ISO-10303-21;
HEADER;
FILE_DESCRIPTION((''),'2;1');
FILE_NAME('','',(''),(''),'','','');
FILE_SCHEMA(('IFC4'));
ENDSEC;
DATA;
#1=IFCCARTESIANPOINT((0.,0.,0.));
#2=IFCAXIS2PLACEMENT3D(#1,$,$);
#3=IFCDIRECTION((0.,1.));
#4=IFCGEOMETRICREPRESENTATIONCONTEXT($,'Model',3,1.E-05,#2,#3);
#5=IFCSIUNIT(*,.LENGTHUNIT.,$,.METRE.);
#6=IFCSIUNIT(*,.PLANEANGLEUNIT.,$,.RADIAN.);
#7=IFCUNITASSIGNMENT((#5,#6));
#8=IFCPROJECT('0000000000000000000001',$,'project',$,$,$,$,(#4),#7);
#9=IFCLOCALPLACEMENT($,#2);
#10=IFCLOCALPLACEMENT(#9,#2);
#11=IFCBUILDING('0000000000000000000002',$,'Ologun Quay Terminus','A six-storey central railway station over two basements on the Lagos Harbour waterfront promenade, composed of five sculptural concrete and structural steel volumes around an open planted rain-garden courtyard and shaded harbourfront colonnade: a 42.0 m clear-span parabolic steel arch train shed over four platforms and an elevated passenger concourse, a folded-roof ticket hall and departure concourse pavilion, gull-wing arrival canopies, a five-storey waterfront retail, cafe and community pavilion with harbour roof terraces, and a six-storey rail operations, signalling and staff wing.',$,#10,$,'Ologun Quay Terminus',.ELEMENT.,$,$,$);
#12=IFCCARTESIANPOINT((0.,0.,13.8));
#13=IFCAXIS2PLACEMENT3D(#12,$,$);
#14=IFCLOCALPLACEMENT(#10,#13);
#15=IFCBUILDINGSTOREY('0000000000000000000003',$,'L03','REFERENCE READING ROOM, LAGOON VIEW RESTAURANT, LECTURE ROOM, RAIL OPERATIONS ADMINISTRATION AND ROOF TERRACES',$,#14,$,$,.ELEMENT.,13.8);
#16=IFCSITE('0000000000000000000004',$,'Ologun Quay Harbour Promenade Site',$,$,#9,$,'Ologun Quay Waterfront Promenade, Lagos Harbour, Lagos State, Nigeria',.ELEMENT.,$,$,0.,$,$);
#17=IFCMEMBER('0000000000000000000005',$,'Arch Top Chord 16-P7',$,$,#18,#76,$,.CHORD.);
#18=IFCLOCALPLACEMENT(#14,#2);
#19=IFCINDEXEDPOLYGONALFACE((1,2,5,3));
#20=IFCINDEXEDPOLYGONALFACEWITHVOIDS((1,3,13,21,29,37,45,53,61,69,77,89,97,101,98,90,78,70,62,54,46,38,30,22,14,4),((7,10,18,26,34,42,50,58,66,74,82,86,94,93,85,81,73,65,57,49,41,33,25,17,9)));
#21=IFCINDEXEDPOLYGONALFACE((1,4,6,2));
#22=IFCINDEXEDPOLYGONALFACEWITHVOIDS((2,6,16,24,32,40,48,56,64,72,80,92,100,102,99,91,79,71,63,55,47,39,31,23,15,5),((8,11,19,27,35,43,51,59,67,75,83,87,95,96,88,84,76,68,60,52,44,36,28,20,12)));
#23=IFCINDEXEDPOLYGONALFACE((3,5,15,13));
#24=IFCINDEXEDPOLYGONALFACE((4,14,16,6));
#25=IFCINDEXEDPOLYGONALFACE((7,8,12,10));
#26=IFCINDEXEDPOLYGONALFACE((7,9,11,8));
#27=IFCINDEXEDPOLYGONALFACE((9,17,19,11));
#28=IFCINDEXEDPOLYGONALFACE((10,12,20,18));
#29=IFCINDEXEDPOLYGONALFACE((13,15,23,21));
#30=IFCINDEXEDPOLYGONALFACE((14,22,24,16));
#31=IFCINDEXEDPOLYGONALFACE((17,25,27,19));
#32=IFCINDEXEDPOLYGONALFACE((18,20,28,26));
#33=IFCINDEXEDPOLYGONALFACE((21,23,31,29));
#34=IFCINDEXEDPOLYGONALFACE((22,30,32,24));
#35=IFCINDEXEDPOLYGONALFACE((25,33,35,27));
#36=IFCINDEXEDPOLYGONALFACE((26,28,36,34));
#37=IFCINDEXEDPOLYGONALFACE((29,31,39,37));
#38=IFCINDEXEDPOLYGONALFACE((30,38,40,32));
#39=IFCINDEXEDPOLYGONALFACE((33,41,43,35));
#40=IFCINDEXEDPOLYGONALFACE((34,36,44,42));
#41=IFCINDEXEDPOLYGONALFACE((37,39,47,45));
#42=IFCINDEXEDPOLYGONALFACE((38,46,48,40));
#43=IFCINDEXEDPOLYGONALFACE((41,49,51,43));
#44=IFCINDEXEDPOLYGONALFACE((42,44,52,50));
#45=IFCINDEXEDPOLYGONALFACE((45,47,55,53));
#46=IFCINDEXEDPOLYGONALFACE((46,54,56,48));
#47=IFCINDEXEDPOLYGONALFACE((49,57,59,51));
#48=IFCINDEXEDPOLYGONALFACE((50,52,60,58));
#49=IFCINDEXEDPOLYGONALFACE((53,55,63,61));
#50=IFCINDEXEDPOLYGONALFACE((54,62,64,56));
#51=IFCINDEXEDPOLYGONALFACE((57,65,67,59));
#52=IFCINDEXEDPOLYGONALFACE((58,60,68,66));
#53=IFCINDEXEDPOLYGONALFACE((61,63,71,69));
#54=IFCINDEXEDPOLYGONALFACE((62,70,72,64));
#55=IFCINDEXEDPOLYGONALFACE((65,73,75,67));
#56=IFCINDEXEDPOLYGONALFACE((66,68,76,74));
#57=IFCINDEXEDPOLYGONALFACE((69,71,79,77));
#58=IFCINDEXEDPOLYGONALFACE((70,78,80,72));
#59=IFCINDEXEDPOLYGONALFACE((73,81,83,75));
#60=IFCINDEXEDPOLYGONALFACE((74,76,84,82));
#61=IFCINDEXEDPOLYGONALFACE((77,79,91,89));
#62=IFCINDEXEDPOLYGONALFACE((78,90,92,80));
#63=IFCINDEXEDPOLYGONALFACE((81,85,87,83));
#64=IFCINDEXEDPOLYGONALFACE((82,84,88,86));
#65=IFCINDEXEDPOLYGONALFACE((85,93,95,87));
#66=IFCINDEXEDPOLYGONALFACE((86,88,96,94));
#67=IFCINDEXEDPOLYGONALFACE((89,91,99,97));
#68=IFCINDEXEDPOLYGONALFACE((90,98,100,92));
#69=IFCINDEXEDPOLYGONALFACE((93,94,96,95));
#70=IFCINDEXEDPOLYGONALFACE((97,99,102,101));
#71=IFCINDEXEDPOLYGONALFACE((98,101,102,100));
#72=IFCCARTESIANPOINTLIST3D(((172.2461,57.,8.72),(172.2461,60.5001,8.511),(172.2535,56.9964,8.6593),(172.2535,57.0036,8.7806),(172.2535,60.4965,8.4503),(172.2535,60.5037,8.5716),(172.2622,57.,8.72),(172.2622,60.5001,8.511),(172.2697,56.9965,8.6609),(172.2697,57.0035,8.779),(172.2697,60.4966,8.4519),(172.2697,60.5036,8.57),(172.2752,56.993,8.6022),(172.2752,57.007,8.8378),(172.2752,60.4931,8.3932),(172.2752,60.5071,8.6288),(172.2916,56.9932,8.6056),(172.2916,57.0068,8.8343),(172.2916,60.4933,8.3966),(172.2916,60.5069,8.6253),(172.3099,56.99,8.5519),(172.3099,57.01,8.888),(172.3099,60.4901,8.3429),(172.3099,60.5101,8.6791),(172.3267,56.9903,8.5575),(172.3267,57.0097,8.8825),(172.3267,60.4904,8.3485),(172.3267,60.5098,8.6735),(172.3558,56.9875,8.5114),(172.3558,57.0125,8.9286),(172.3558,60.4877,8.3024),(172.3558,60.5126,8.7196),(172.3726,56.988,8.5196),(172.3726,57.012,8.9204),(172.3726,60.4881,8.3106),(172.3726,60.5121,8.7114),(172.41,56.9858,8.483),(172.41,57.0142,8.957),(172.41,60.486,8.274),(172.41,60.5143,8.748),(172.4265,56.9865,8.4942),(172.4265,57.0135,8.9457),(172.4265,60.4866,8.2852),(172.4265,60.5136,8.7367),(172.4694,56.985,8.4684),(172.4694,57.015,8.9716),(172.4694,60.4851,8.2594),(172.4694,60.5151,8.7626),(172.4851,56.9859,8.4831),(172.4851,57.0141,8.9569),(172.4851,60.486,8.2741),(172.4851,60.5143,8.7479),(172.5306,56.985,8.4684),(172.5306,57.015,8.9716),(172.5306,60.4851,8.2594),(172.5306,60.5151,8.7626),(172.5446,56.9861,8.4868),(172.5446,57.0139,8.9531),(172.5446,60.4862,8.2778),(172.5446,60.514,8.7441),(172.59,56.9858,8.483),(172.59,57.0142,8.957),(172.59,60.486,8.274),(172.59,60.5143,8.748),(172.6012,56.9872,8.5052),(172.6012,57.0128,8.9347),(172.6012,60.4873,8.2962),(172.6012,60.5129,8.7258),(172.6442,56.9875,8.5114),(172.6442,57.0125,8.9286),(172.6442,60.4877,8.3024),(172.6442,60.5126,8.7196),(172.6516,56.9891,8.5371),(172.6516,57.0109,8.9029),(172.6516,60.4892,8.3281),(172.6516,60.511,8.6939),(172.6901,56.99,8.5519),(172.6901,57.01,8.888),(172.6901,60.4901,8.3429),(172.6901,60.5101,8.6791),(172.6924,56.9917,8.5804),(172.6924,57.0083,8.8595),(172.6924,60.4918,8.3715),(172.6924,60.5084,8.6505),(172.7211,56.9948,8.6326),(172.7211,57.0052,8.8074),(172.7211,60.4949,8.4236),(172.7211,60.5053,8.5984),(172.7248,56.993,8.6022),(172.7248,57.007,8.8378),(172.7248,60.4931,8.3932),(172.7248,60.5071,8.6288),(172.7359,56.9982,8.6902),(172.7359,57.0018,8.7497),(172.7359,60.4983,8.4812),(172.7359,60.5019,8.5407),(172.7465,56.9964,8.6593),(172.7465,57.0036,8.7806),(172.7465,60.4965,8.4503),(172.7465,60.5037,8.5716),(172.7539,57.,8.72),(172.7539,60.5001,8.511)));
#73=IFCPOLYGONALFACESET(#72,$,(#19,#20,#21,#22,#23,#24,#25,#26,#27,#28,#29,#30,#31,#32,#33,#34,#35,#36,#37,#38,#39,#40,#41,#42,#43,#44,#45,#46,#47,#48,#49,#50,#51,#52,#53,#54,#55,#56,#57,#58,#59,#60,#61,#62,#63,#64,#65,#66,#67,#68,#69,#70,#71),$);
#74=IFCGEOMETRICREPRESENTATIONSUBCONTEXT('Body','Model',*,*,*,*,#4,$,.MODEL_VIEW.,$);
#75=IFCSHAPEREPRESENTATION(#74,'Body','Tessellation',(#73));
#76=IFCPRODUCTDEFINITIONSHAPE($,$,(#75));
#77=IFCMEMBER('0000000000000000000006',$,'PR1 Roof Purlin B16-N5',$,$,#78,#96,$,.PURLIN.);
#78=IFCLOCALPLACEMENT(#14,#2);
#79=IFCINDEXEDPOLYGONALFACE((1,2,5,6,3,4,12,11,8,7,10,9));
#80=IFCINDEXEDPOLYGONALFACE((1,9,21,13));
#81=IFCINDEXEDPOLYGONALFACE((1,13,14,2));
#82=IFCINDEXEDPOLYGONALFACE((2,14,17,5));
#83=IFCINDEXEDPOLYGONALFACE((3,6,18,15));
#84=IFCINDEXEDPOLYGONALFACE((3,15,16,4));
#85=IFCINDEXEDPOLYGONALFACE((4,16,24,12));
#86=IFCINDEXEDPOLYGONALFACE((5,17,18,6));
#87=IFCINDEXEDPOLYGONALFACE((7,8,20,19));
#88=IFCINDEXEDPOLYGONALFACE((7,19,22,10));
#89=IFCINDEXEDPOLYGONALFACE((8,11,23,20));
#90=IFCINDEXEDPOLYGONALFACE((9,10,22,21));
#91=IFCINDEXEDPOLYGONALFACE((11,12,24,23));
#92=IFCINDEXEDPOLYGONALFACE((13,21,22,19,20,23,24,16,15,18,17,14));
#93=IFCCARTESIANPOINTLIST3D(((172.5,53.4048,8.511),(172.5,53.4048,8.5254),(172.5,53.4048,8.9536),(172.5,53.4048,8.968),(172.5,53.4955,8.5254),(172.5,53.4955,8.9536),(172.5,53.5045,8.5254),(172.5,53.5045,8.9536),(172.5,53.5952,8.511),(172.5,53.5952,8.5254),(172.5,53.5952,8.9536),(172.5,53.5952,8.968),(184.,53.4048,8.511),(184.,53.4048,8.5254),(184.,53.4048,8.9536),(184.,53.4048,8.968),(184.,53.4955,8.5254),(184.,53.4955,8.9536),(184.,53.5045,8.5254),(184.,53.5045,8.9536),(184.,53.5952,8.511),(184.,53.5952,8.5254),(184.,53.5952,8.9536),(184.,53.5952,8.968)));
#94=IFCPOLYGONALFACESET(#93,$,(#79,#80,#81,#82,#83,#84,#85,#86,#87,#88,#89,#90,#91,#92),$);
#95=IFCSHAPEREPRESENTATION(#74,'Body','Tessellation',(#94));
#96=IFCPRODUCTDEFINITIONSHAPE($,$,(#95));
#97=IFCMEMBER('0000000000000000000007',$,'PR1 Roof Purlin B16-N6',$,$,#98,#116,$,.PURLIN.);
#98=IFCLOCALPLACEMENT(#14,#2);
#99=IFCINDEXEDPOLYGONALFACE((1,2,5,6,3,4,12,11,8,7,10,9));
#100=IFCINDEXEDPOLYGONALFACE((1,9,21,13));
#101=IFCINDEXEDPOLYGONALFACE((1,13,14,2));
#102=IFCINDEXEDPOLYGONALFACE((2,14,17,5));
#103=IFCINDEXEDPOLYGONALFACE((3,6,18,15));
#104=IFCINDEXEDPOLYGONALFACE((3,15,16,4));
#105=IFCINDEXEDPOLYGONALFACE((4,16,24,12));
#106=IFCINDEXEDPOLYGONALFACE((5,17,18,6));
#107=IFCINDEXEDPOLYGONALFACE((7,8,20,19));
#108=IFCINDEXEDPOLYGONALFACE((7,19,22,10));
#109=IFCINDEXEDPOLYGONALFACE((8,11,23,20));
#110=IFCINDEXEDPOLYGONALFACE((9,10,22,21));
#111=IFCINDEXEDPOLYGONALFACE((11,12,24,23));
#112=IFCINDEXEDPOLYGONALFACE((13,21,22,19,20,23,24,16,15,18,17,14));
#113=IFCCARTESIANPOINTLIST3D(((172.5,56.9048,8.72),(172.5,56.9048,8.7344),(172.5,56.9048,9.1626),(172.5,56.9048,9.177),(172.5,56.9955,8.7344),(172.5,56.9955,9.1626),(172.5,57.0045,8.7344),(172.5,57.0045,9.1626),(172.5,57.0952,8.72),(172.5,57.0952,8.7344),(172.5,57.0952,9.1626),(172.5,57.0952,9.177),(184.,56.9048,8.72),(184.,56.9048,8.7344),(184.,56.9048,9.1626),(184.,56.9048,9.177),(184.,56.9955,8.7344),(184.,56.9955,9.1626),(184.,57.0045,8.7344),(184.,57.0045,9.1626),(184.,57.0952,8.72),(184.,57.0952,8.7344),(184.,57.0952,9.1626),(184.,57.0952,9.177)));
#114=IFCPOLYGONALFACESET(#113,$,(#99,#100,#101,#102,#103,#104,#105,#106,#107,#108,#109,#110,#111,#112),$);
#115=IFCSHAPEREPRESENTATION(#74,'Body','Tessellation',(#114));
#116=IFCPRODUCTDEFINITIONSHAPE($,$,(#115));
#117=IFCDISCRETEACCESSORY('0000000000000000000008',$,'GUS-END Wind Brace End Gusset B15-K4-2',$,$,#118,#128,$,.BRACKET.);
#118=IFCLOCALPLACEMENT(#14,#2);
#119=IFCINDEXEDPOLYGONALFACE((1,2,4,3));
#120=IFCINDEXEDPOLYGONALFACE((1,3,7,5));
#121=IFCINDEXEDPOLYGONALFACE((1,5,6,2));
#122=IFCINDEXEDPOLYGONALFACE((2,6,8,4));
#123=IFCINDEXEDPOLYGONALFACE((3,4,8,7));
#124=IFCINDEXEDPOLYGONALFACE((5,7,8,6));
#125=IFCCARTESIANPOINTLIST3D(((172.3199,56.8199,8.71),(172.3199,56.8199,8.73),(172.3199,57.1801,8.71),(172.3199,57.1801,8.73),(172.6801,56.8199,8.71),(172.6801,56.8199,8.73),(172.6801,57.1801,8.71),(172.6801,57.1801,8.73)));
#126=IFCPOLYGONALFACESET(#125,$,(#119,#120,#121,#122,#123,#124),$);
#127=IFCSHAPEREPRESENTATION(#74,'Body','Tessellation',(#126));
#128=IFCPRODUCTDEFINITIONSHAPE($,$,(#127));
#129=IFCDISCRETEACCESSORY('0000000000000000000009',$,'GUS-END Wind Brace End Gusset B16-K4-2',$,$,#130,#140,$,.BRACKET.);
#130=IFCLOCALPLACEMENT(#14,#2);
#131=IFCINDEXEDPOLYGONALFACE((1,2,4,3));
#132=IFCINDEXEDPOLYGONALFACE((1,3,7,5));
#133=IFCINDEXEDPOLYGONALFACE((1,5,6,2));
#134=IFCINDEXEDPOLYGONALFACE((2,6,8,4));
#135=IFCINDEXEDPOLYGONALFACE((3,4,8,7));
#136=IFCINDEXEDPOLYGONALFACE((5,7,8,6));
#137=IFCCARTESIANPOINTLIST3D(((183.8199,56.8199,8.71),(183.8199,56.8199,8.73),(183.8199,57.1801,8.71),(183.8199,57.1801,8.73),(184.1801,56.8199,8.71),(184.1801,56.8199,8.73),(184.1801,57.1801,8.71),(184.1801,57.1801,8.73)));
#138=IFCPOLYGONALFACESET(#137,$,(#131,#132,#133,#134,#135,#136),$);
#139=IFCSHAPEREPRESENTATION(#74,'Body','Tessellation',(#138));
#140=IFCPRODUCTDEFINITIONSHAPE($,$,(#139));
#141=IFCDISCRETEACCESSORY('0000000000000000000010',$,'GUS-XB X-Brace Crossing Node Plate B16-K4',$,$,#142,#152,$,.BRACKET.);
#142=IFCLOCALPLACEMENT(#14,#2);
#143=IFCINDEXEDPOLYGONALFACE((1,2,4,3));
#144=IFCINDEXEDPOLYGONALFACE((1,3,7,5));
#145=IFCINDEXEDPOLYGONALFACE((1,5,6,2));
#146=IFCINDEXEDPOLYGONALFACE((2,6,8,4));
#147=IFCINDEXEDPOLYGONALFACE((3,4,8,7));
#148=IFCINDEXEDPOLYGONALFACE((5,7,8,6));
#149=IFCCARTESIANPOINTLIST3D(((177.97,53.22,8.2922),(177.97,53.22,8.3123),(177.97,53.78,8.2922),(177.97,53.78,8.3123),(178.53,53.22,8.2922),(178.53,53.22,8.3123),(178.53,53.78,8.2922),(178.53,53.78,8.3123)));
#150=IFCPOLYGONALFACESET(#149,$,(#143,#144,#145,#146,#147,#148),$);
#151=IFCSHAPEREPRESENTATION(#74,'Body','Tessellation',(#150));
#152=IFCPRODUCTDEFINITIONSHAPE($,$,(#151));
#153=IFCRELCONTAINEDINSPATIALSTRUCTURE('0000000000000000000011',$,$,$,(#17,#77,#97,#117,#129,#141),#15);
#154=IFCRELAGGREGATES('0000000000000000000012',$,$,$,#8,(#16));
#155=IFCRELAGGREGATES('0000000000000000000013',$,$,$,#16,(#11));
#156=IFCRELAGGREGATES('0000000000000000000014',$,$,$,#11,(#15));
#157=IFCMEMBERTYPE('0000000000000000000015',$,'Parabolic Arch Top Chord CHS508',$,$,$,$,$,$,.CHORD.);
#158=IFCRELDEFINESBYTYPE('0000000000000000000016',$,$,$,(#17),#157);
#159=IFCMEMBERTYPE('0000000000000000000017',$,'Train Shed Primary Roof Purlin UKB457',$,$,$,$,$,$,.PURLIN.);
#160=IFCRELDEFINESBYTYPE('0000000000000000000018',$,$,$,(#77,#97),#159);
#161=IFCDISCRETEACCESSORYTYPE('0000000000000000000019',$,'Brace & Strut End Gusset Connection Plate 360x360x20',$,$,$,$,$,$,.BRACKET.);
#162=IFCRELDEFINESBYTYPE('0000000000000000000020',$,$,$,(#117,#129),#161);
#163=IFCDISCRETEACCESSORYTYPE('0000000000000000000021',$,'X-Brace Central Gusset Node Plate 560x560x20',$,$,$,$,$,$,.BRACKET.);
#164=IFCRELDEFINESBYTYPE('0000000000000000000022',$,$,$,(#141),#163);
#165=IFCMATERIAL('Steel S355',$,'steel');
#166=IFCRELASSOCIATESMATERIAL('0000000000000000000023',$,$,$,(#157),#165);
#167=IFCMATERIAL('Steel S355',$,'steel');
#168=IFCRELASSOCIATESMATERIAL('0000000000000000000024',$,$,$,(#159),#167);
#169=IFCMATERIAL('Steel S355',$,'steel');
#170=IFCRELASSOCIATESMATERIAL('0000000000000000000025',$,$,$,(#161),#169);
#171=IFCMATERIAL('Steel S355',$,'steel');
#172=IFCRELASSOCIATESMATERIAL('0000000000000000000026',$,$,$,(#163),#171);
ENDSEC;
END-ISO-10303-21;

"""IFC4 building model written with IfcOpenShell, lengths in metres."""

from ifc_helpers import new_model, si_unit, direction, frame, origin, origin_2d, place, context, subcontext, project, spatial, rectangle, hollow_circle, i_section, extrude, material, material_profile, profile_set, type_object, element, save


model = new_model("IFC4")

# Units and contexts
model_context = context("Model", 3, precision=1e-05, world=origin(), true_north=direction((0.0, 1.0)))
body_context = subcontext(model_context, "Body", "Model", "MODEL_VIEW")
ifc_project = project(units=[si_unit("LENGTHUNIT", "METRE"), si_unit("PLANEANGLEUNIT", "RADIAN")], contexts=[model_context])

# Site, building, storey
site_placement = place(None, origin())
site = spatial("IfcSite", under=ifc_project, at=site_placement, Name="Ologun Quay Harbour Promenade Site", LongName="Ologun Quay Waterfront Promenade, Lagos Harbour, Lagos State, Nigeria", CompositionType="ELEMENT", RefElevation=0.0)
building_placement = place(site_placement, origin())
building = spatial("IfcBuilding", under=site, at=building_placement, Name="Ologun Quay Terminus", Description="A six-storey central railway station over two basements on the Lagos Harbour waterfront promenade, composed of five sculptural concrete and structural steel volumes around an open planted rain-garden courtyard and shaded harbourfront colonnade: a 42.0 m clear-span parabolic steel arch train shed over four platforms and an elevated passenger concourse, a folded-roof ticket hall and departure concourse pavilion, gull-wing arrival canopies, a five-storey waterfront retail, cafe and community pavilion with harbour roof terraces, and a six-storey rail operations, signalling and staff wing.", LongName="Ologun Quay Terminus", CompositionType="ELEMENT")
storey_placement = place(building_placement, frame((0.0, 0.0, 13.8)))
storey = spatial("IfcBuildingStorey", under=building, at=storey_placement, Name="L03", Description="REFERENCE READING ROOM, LAGOON VIEW RESTAURANT, LECTURE ROOM, RAIL OPERATIONS ADMINISTRATION AND ROOF TERRACES", CompositionType="ELEMENT", Elevation=13.8)

# Members
ifc_material_1 = material(Name="Steel S355", Category="steel")
ifc_material_profile_1 = material_profile(ifc_material_1, hollow_circle(Radius=0.2539, WallThickness=0.0161, at=origin_2d()), Name="CHS 508x16")
ifc_profile_set_1 = profile_set([ifc_material_profile_1], Name="Steel S355")
member_type_1 = type_object("IfcMemberType", Name="Parabolic Arch Top Chord CHS508", PredefinedType="CHORD", material=ifc_profile_set_1)
member_1_placement = place(storey_placement, frame((172.5, 57.0, 8.72), z_axis=(0.0, 0.998222, -0.059604), x_axis=(-1.0, 0.0, 0.0)))
element("IfcMember", 1, at=member_1_placement, inside=storey, type_object=member_type_1, Name="Arch Top Chord 16-P7", PredefinedType="CHORD", context=body_context, shape_type="SweptSolid", body=[
    extrude(hollow_circle(Radius=0.2539, WallThickness=0.0161, at=origin_2d()), origin(), (0.0, 0.0, 1.0), 3.5063),
])
ifc_material_2 = material(Name="Steel S355", Category="steel")
ifc_material_profile_2 = material_profile(ifc_material_2, i_section(OverallWidth=0.1904, OverallDepth=0.457, WebThickness=0.009, FlangeThickness=0.0144, at=origin_2d()), Name="UKB 457x191x74")
ifc_profile_set_2 = profile_set([ifc_material_profile_2], Name="Steel S355")
member_type_2 = type_object("IfcMemberType", Name="Train Shed Primary Roof Purlin UKB457", PredefinedType="PURLIN", material=ifc_profile_set_2)
for number, where, z_axis, x_axis, name in (
    (2, (172.5, 53.5, 8.7395), (1.0, 0.0, 0.0), (0.0, 1.0, 0.0), "PR1 Roof Purlin B16-N5"),
    (3, (172.5, 57.0, 8.9485), (1.0, 0.0, 0.0), (0.0, 1.0, 0.0), "PR1 Roof Purlin B16-N6"),
):
    element("IfcMember", number, at=place(storey_placement, frame(where, z_axis=z_axis, x_axis=x_axis)), inside=storey, type_object=member_type_2, Name=name, PredefinedType="PURLIN", context=body_context, shape_type="SweptSolid", body=[
        extrude(i_section(OverallWidth=0.1904, OverallDepth=0.457, WebThickness=0.009, FlangeThickness=0.0144, at=origin_2d()), origin(), (0.0, 0.0, 1.0), 11.5),
    ])

# Discrete accessories
ifc_material_3 = material(Name="Steel S355", Category="steel")
discrete_accessory_type_1 = type_object("IfcDiscreteAccessoryType", Name="Brace & Strut End Gusset Connection Plate 360x360x20", PredefinedType="BRACKET", material=ifc_material_3)
for number, where, z_axis, x_axis, name in (
    (4, (172.5, 57.0, 8.71), (0.0, 0.0, 1.0), (1.0, 0.0, 0.0), "GUS-END Wind Brace End Gusset B15-K4-2"),
    (5, (184.0, 57.0, 8.71), (0.0, 0.0, 1.0), (1.0, 0.0, 0.0), "GUS-END Wind Brace End Gusset B16-K4-2"),
):
    element("IfcDiscreteAccessory", number, at=place(storey_placement, frame(where, z_axis=z_axis, x_axis=x_axis)), inside=storey, type_object=discrete_accessory_type_1, Name=name, PredefinedType="BRACKET", context=body_context, shape_type="SweptSolid", body=[
        extrude(rectangle(XDim=0.3601, YDim=0.3601, at=origin_2d()), origin(), (0.0, 0.0, 1.0), 0.02),
    ])
ifc_material_4 = material(Name="Steel S355", Category="steel")
discrete_accessory_type_2 = type_object("IfcDiscreteAccessoryType", Name="X-Brace Central Gusset Node Plate 560x560x20", PredefinedType="BRACKET", material=ifc_material_4)
discrete_accessory_placement = place(storey_placement, frame((178.25, 53.5, 8.2922), z_axis=(0.0, 0.0, 1.0), x_axis=(1.0, 0.0, 0.0)))
element("IfcDiscreteAccessory", 6, at=discrete_accessory_placement, inside=storey, type_object=discrete_accessory_type_2, Name="GUS-XB X-Brace Crossing Node Plate B16-K4", PredefinedType="BRACKET", context=body_context, shape_type="SweptSolid", body=[
    extrude(rectangle(XDim=0.5601, YDim=0.5601, at=origin_2d()), origin(), (0.0, 0.0, 1.0), 0.02),
])

save(model, "model.ifc")
